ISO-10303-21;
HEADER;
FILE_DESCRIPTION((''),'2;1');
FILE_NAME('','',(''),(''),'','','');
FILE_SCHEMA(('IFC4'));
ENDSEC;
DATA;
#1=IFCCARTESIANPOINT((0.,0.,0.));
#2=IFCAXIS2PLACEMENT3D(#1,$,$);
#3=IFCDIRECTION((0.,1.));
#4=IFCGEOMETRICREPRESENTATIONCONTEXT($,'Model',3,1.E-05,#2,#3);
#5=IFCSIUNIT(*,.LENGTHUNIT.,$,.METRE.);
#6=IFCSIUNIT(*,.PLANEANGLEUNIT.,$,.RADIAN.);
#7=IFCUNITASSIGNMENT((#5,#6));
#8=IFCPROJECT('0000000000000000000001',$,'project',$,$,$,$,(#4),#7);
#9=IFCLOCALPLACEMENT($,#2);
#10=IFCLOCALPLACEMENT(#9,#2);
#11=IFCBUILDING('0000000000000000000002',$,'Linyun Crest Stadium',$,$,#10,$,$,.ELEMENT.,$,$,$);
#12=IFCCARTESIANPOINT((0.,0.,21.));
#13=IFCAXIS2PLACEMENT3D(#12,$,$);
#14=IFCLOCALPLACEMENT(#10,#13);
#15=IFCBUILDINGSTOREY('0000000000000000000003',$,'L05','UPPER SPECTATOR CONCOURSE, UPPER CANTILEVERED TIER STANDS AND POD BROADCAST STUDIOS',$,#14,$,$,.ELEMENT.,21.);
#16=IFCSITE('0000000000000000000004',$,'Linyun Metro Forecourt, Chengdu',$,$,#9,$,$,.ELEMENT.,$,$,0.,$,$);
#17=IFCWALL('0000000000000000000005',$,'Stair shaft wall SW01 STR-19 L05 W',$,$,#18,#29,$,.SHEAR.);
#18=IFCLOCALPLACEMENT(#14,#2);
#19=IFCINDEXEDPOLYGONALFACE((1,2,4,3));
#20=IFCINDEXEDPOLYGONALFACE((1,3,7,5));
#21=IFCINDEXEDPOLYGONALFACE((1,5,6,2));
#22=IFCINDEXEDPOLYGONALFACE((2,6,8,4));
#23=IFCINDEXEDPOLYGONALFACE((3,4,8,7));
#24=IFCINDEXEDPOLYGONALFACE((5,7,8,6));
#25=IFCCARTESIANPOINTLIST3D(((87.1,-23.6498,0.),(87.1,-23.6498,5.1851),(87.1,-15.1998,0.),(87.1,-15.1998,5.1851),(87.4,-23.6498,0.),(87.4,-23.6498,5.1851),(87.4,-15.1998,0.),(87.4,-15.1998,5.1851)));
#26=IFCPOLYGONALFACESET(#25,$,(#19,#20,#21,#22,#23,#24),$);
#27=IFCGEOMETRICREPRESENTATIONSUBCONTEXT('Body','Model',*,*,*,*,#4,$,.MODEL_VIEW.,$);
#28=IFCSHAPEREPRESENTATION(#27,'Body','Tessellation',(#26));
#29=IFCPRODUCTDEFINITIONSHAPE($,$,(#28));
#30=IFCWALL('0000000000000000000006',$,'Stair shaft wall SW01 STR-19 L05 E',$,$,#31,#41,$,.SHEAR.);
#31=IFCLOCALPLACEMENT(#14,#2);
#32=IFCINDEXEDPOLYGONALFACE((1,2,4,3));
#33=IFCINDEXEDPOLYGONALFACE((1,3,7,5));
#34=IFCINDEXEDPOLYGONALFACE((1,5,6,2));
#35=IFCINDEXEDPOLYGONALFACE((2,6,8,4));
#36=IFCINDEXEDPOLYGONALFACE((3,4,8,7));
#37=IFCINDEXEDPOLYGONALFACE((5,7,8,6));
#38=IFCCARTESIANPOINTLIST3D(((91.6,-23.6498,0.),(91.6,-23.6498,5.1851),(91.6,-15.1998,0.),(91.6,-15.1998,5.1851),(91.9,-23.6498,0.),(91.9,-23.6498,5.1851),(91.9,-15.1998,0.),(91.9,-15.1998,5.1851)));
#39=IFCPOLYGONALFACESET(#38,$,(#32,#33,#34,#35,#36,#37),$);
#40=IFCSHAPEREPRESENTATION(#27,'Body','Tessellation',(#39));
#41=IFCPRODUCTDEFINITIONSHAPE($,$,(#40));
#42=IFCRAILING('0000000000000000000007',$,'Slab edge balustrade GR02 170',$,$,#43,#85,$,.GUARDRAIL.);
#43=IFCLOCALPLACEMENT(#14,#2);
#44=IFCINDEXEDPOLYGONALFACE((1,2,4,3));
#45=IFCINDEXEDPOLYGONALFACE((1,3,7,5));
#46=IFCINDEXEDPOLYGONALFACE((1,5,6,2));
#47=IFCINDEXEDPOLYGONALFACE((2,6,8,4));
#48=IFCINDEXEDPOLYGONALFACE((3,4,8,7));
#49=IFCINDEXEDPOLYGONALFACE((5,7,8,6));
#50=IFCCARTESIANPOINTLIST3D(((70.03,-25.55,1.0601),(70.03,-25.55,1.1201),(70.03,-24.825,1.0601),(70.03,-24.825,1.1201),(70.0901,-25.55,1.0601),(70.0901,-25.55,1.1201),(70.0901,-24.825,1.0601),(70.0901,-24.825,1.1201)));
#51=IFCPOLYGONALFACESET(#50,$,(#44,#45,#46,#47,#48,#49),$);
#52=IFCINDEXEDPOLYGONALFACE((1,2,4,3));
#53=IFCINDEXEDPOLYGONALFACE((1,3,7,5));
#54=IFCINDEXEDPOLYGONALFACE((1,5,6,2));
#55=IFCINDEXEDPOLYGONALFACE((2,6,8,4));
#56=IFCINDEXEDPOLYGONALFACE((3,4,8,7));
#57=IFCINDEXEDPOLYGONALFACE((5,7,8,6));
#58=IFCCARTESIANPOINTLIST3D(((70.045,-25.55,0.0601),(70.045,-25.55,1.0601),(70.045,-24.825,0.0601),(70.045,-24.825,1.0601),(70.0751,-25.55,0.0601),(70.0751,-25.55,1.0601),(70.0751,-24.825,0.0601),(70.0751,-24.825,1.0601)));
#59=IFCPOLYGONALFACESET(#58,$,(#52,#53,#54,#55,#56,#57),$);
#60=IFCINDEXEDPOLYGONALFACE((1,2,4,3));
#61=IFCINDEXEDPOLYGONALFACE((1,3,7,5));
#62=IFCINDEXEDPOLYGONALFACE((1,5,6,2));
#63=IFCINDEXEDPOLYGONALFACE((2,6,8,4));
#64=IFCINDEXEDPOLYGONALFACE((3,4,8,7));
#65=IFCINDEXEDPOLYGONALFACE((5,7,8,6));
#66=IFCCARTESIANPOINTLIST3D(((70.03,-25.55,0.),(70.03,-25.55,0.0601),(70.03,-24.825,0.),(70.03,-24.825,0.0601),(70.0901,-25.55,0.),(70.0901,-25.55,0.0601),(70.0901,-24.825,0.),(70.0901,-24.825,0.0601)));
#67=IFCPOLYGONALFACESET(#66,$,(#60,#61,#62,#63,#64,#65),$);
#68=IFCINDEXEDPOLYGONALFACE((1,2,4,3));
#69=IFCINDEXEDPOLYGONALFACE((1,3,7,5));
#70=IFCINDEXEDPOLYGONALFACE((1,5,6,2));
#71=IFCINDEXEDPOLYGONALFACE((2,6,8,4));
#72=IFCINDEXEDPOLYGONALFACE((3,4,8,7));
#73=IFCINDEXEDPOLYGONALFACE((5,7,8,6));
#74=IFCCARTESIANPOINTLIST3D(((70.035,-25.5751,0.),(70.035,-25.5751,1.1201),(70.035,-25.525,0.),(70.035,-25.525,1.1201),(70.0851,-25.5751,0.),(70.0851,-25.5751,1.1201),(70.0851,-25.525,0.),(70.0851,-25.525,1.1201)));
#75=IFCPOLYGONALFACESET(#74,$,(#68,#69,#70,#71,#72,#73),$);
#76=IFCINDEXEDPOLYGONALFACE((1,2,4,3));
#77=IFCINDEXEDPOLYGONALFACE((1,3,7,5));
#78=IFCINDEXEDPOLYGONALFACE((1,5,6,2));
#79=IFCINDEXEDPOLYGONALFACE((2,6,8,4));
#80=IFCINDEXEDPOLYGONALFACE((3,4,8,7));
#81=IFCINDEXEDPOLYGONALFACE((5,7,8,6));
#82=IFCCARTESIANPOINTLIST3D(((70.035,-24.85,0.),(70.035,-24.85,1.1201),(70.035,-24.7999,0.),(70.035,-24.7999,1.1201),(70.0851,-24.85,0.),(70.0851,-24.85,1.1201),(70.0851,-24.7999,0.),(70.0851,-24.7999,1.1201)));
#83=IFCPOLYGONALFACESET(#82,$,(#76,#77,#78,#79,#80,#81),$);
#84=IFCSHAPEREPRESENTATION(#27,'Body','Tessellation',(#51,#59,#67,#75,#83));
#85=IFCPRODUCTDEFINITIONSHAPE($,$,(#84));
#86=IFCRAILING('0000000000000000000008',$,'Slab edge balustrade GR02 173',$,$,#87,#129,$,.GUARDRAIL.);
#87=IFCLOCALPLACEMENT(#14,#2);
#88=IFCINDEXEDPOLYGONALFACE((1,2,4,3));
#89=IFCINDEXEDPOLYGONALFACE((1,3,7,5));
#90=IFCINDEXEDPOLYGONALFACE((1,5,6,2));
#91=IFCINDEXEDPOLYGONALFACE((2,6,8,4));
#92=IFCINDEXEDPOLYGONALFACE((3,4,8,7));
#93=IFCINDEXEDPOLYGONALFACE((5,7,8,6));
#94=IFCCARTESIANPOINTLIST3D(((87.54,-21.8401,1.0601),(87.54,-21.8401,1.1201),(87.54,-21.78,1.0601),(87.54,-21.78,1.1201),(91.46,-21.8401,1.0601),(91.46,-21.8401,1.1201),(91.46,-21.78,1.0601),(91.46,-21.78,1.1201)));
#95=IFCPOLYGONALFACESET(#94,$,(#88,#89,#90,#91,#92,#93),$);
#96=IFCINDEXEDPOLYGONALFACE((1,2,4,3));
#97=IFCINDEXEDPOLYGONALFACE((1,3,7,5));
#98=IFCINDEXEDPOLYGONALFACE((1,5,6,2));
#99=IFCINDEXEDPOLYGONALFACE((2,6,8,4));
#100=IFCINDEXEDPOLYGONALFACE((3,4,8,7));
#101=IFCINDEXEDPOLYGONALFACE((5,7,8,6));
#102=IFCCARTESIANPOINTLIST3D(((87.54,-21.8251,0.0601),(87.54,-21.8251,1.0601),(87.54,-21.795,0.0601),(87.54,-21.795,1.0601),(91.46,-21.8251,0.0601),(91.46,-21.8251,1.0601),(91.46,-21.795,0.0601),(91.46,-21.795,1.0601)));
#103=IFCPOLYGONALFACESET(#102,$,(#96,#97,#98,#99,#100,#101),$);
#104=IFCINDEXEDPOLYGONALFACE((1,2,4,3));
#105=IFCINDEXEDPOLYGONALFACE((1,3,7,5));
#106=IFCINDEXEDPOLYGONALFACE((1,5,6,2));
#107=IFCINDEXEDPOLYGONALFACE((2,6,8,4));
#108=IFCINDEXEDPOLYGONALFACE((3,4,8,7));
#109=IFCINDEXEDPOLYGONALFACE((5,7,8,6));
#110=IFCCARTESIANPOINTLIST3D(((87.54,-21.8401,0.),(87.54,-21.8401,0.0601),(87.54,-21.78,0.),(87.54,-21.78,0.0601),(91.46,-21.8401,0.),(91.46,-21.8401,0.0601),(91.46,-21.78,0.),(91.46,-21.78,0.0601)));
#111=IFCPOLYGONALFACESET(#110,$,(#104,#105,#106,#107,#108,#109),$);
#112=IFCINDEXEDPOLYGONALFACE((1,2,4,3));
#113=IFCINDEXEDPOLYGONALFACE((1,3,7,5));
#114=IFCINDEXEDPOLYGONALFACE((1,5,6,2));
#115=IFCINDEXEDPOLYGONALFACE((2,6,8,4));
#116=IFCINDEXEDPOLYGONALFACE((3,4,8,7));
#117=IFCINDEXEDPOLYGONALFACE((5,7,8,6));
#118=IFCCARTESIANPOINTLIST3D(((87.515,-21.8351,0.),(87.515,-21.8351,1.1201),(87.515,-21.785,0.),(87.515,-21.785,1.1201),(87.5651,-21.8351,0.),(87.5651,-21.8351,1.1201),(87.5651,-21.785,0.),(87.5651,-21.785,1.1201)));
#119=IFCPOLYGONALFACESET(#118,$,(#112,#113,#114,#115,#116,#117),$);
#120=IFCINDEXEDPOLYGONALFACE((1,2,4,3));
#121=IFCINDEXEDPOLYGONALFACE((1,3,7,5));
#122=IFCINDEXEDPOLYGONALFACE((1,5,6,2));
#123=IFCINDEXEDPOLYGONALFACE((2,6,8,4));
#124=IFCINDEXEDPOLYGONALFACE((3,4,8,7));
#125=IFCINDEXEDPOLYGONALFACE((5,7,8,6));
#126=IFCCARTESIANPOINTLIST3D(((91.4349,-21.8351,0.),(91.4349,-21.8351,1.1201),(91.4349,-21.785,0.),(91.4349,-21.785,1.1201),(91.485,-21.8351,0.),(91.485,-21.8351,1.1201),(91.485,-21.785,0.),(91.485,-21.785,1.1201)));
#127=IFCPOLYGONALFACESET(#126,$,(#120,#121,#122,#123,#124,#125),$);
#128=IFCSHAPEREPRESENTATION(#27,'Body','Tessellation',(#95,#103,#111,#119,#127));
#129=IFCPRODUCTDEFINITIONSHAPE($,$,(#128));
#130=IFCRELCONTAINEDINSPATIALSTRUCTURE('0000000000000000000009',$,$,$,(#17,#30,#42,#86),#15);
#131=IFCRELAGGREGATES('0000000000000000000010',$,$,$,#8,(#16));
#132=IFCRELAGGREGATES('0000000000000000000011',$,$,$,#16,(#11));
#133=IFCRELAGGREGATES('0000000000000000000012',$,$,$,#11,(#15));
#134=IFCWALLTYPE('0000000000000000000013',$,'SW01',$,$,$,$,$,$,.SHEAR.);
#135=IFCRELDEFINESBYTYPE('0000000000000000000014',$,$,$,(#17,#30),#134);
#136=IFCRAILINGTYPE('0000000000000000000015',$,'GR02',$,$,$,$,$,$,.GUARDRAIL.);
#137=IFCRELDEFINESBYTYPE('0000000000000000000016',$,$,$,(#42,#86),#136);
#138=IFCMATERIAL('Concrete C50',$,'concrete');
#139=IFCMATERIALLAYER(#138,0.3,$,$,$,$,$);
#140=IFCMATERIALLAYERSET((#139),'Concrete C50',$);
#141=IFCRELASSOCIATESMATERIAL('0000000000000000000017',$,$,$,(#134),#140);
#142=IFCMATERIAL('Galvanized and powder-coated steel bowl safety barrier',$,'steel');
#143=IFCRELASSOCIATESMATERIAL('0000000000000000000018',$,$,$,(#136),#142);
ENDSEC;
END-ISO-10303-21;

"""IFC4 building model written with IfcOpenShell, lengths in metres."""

from ifc_helpers import new_model, si_unit, direction, frame, frame_2d, origin, origin_2d, place, context, subcontext, project, spatial, rectangle, extrude, material, layer, layer_set, type_object, element, save


model = new_model("IFC4")

# Units and contexts
model_context = context("Model", 3, precision=1e-05, world=origin(), true_north=direction((0.0, 1.0)))
body_context = subcontext(model_context, "Body", "Model", "MODEL_VIEW")
ifc_project = project(units=[si_unit("LENGTHUNIT", "METRE"), si_unit("PLANEANGLEUNIT", "RADIAN")], contexts=[model_context])

# Site, building, storey
site_placement = place(None, origin())
site = spatial("IfcSite", under=ifc_project, at=site_placement, Name="Linyun Metro Forecourt, Chengdu", CompositionType="ELEMENT", RefElevation=0.0)
building_placement = place(site_placement, origin())
building = spatial("IfcBuilding", under=site, at=building_placement, Name="Linyun Crest Stadium", CompositionType="ELEMENT")
storey_placement = place(building_placement, frame((0.0, 0.0, 21.0)))
storey = spatial("IfcBuildingStorey", under=building, at=storey_placement, Name="L05", Description="UPPER SPECTATOR CONCOURSE, UPPER CANTILEVERED TIER STANDS AND POD BROADCAST STUDIOS", CompositionType="ELEMENT", Elevation=21.0)

# Shared definitions
ifc_material_1 = material(Name="Concrete C50", Category="concrete")
ifc_layer_1 = layer(ifc_material_1, 0.3)
ifc_layer_set_1 = layer_set([ifc_layer_1], Name="Concrete C50")
wall_type_1 = type_object("IfcWallType", Name="SW01", PredefinedType="SHEAR", material=ifc_layer_set_1)

# Walls
for number, where, z_axis, x_axis, name in (
    (1, (87.25, -23.6499, 0.0), (0.0, 0.0, 1.0), (0.0, 1.0, 0.0), "Stair shaft wall SW01 STR-19 L05 W"),
    (2, (91.75, -23.6499, 0.0), (0.0, 0.0, 1.0), (0.0, 1.0, 0.0), "Stair shaft wall SW01 STR-19 L05 E"),
):
    element("IfcWall", number, at=place(storey_placement, frame(where, z_axis=z_axis, x_axis=x_axis)), inside=storey, type_object=wall_type_1, Name=name, PredefinedType="SHEAR", context=body_context, shape_type="SweptSolid", body=[
        extrude(rectangle(XDim=8.45, YDim=0.3, at=frame_2d((4.2251, 0.0))), origin(), (0.0, 0.0, 1.0), 5.1851),
    ])

# Railings
ifc_material_2 = material(Name="Galvanized and powder-coated steel bowl safety barrier", Category="steel")
railing_type_1 = type_object("IfcRailingType", Name="GR02", PredefinedType="GUARDRAIL", material=ifc_material_2)
railing_1_placement = place(storey_placement, frame((70.0601, -25.55, 0.0)))
element("IfcRailing", 3, at=railing_1_placement, inside=storey, type_object=railing_type_1, Name="Slab edge balustrade GR02 170", PredefinedType="GUARDRAIL", context=body_context, shape_type="SweptSolid", body=[
    extrude(rectangle(XDim=0.0601, YDim=0.0601, at=origin_2d()), frame((0.0, 0.0, 1.0901), z_axis=(0.0, 1.0, 0.0), x_axis=(-1.0, 0.0, 0.0)), (0.0, 0.0, 1.0), 0.7251),
    extrude(rectangle(XDim=0.03, YDim=1.0, at=origin_2d()), frame((0.0, 0.0, 0.5601), z_axis=(0.0, 1.0, 0.0), x_axis=(-1.0, 0.0, 0.0)), (0.0, 0.0, 1.0), 0.7251),
    extrude(rectangle(XDim=0.0601, YDim=0.0601, at=origin_2d()), frame((0.0, 0.0, 0.03), z_axis=(0.0, 1.0, 0.0), x_axis=(-1.0, 0.0, 0.0)), (0.0, 0.0, 1.0), 0.7251),
    extrude(rectangle(XDim=0.05, YDim=0.05, at=origin_2d()), origin(), (0.0, 0.0, 1.0), 1.1201),
    extrude(rectangle(XDim=0.05, YDim=0.05, at=origin_2d()), frame((0.0, 0.7251, 0.0)), (0.0, 0.0, 1.0), 1.1201),
])
railing_2_placement = place(storey_placement, frame((87.54, -21.8101, 0.0)))
element("IfcRailing", 4, at=railing_2_placement, inside=storey, type_object=railing_type_1, Name="Slab edge balustrade GR02 173", PredefinedType="GUARDRAIL", context=body_context, shape_type="SweptSolid", body=[
    extrude(rectangle(XDim=0.0601, YDim=0.0601, at=origin_2d()), frame((0.0, 0.0, 1.0901), z_axis=(1.0, 0.0, 0.0), x_axis=(0.0, 1.0, 0.0)), (0.0, 0.0, 1.0), 3.9199),
    extrude(rectangle(XDim=0.03, YDim=1.0, at=origin_2d()), frame((0.0, 0.0, 0.5601), z_axis=(1.0, 0.0, 0.0), x_axis=(0.0, 1.0, 0.0)), (0.0, 0.0, 1.0), 3.9199),
    extrude(rectangle(XDim=0.0601, YDim=0.0601, at=origin_2d()), frame((0.0, 0.0, 0.03), z_axis=(1.0, 0.0, 0.0), x_axis=(0.0, 1.0, 0.0)), (0.0, 0.0, 1.0), 3.9199),
    extrude(rectangle(XDim=0.05, YDim=0.05, at=origin_2d()), origin(), (0.0, 0.0, 1.0), 1.1201),
    extrude(rectangle(XDim=0.05, YDim=0.05, at=origin_2d()), frame((3.9199, 0.0, 0.0)), (0.0, 0.0, 1.0), 1.1201),
])

save(model, "model.ifc")
